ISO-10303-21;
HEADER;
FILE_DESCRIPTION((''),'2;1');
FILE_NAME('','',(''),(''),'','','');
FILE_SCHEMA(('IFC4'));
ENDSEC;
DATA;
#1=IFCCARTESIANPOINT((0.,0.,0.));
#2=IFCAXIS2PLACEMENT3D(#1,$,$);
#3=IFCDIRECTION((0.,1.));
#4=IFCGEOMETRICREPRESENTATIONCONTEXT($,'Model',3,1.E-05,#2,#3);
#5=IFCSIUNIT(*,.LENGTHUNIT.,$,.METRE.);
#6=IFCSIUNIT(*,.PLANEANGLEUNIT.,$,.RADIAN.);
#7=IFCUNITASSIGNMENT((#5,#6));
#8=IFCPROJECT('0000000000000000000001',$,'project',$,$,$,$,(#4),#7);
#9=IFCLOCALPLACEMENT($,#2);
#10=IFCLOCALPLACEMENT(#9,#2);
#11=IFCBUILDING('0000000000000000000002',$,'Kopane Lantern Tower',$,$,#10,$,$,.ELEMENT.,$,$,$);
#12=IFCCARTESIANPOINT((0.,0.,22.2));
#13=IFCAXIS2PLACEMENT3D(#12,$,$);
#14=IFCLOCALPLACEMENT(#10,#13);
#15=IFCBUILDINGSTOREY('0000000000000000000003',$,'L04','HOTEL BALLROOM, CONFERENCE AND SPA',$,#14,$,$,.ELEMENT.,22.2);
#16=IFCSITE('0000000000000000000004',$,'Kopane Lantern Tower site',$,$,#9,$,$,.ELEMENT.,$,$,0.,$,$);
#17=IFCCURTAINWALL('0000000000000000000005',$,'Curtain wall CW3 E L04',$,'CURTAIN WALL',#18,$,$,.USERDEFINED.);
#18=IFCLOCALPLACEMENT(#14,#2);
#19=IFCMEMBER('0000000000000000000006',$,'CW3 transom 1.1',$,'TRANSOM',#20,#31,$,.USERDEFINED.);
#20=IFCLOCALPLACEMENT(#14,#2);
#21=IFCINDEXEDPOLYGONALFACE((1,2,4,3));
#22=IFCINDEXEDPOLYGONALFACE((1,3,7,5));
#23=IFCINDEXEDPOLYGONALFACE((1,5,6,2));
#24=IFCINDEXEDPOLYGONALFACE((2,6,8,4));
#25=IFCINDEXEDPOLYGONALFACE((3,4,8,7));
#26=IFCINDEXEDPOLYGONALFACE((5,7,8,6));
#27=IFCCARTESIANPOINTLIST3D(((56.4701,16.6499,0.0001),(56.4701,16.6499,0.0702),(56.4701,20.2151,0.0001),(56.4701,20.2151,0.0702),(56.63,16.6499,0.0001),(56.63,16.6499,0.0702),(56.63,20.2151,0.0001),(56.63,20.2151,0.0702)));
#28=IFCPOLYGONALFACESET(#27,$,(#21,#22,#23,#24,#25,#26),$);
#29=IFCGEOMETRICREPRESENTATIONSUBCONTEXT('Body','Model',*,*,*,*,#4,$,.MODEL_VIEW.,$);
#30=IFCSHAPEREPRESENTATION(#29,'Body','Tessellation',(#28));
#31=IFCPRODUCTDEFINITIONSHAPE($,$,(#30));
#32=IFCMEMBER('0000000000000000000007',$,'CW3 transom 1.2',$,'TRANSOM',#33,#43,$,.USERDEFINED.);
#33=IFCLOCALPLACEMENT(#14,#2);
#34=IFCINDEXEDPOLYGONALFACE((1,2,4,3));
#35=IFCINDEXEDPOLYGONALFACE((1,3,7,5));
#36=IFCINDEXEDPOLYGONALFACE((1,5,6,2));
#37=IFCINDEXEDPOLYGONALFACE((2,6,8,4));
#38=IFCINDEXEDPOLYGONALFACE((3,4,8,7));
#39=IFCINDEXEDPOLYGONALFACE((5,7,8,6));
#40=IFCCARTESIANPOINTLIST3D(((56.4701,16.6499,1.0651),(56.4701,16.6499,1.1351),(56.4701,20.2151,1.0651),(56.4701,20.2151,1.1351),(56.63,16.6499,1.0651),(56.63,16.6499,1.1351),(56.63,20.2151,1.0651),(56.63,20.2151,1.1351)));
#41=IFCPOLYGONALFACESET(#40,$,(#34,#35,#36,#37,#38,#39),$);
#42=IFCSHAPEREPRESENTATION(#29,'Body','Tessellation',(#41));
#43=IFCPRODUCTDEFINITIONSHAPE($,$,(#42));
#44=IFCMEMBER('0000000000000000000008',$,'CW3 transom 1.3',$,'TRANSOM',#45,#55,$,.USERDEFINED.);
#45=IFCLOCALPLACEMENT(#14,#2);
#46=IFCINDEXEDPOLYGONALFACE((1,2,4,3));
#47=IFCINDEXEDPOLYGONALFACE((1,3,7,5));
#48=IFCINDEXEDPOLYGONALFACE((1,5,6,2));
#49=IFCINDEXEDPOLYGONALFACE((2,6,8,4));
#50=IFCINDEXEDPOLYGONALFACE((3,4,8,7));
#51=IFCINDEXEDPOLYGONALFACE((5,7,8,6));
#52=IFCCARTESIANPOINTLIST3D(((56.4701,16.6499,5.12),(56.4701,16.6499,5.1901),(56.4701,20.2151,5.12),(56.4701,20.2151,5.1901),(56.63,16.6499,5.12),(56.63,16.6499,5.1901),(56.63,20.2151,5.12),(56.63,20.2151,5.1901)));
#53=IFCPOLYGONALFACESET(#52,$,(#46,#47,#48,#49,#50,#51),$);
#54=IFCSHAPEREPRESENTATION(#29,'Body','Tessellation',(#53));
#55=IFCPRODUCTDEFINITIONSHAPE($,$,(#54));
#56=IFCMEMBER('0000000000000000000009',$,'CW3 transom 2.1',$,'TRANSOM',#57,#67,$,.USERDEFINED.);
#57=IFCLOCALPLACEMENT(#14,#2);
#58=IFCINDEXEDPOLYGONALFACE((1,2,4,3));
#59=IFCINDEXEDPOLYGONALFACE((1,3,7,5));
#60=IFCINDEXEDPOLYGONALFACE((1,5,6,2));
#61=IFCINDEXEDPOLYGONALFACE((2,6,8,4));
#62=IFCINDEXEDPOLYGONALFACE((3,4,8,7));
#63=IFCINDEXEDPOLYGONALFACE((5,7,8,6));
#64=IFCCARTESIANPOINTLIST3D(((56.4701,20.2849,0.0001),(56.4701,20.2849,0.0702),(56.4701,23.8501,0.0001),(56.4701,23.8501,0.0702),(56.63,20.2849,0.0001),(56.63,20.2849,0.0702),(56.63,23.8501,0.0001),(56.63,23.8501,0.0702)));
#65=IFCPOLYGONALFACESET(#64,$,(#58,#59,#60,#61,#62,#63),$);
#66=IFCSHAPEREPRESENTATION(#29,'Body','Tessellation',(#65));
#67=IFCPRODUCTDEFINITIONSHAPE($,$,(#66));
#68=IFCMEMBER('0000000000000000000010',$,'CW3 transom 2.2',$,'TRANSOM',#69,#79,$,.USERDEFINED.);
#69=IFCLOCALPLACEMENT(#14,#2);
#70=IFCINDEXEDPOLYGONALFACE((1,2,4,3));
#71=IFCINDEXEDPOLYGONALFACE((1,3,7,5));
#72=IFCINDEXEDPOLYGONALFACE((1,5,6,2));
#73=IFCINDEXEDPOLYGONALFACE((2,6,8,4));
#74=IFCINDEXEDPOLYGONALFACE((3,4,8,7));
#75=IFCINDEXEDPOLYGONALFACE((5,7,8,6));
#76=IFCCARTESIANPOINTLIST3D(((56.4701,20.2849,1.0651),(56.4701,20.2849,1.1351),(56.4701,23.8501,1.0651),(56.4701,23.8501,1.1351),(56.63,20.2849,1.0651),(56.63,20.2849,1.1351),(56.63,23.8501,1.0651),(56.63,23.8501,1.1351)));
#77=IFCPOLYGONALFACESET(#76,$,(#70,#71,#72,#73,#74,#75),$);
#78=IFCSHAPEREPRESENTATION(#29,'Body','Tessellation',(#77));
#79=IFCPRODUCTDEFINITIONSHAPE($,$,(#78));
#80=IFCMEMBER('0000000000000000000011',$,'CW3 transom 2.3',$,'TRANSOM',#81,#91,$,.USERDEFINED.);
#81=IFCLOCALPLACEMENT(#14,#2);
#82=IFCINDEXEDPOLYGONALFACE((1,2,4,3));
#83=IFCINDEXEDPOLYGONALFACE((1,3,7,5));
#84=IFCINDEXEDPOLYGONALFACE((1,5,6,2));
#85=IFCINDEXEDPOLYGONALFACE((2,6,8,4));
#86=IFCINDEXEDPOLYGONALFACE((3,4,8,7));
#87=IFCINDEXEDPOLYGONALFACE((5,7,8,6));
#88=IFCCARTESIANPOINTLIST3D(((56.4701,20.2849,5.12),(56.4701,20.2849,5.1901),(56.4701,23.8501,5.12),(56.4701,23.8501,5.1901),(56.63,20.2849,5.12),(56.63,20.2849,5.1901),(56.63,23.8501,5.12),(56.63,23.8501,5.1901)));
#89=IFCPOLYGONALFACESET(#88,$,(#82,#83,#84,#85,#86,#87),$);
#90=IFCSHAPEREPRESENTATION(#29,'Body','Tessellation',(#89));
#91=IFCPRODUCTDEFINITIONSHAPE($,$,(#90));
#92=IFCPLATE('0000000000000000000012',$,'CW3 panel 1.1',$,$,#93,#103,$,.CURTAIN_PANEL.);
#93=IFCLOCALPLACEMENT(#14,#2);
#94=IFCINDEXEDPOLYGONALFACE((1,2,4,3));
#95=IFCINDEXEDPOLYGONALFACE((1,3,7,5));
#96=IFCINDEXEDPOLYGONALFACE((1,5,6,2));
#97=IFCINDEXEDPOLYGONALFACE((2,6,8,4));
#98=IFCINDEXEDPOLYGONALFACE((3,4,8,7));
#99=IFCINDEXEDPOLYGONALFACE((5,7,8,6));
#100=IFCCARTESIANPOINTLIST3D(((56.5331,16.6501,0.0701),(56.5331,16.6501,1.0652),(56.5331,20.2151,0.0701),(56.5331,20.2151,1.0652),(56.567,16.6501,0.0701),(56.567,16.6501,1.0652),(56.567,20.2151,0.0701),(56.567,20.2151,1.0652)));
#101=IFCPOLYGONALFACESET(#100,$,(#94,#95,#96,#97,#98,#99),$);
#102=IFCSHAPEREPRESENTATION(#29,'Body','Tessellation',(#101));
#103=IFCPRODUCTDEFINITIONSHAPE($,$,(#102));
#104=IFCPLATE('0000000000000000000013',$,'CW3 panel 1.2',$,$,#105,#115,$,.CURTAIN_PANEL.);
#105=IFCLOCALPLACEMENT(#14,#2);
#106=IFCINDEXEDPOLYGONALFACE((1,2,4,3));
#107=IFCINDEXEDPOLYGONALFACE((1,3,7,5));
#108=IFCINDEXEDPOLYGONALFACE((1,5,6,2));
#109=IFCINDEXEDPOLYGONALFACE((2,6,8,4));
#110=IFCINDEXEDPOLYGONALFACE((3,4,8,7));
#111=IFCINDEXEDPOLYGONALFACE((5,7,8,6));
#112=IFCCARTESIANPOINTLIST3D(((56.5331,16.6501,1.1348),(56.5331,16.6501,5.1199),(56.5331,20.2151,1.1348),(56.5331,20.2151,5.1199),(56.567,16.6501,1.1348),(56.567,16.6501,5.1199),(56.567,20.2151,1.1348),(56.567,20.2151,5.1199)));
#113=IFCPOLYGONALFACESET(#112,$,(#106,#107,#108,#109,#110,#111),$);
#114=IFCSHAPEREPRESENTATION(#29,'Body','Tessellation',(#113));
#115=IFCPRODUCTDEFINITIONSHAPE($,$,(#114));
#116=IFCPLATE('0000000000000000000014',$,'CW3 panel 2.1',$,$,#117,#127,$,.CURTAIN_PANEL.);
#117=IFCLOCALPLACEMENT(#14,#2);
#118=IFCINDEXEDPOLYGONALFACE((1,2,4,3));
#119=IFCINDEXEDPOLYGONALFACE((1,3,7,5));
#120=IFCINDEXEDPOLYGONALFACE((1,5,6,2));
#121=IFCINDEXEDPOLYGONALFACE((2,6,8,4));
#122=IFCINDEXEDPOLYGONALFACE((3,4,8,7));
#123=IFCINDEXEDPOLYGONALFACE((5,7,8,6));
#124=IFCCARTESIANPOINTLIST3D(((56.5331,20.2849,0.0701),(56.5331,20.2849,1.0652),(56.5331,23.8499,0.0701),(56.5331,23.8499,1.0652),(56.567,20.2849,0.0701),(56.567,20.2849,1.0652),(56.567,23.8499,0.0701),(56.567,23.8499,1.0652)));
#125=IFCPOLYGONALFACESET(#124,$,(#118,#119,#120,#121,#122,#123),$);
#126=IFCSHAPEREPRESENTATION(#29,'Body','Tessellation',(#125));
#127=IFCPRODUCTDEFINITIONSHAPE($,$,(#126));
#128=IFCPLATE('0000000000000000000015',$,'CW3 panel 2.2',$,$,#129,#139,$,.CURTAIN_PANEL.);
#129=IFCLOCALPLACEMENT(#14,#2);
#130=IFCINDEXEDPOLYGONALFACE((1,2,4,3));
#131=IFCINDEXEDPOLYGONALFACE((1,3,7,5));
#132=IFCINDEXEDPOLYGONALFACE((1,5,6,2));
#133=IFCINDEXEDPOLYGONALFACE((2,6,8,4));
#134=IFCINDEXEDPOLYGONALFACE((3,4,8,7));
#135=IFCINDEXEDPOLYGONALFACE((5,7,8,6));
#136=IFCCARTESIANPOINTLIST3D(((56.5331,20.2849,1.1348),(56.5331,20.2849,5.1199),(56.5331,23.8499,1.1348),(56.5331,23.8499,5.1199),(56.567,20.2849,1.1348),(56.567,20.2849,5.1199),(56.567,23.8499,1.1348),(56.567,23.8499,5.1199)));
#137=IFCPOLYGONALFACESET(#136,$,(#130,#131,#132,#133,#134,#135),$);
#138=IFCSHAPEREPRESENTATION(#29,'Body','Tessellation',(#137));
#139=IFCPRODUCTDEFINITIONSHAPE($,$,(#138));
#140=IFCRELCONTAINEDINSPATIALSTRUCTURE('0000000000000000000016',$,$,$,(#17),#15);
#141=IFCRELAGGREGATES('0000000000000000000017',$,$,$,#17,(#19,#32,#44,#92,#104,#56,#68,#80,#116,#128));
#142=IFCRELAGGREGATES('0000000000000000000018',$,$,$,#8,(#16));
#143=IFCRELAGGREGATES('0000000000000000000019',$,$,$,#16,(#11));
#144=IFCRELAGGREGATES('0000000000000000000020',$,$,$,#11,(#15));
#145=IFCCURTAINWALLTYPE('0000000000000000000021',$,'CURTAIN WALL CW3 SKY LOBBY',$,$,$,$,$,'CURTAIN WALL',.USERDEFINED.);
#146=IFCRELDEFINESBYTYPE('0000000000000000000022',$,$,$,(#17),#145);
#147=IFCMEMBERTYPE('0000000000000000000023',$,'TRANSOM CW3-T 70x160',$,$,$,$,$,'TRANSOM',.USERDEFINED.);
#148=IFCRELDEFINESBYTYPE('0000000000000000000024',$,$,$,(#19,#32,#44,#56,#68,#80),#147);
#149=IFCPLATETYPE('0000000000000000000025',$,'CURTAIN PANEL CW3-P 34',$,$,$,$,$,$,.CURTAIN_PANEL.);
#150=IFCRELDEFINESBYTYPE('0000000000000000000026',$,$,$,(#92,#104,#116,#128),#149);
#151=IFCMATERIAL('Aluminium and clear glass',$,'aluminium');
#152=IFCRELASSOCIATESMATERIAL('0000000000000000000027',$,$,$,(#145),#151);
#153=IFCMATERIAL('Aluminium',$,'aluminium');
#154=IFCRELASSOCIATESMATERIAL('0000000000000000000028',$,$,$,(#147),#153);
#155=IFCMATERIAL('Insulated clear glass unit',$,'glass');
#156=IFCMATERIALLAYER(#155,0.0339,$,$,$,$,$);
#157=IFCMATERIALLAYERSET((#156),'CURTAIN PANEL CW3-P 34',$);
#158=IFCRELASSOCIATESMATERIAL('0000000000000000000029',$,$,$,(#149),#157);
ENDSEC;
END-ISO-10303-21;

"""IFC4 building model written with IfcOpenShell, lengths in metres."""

from ifc_helpers import new_model, si_unit, direction, frame, origin, origin_2d, place, context, subcontext, project, spatial, rectangle, extrude, material, layer, layer_set, material_profile, profile_set, type_object, element, aggregate, save


model = new_model("IFC4")

# Units and contexts
model_context = context("Model", 3, precision=1e-05, world=origin(), true_north=direction((0.0, 1.0)))
body_context = subcontext(model_context, "Body", "Model", "MODEL_VIEW")
ifc_project = project(units=[si_unit("LENGTHUNIT", "METRE"), si_unit("PLANEANGLEUNIT", "RADIAN")], contexts=[model_context])

# Site, building, storey
site_placement = place(None, origin())
site = spatial("IfcSite", under=ifc_project, at=site_placement, Name="Kopane Lantern Tower site", CompositionType="ELEMENT", RefElevation=0.0)
building_placement = place(site_placement, origin())
building = spatial("IfcBuilding", under=site, at=building_placement, Name="Kopane Lantern Tower", CompositionType="ELEMENT")
storey_placement = place(building_placement, frame((0.0, 0.0, 22.2)))
storey = spatial("IfcBuildingStorey", under=building, at=storey_placement, Name="L04", Description="HOTEL BALLROOM, CONFERENCE AND SPA", CompositionType="ELEMENT", Elevation=22.2)

# Shared definitions
ifc_material_1 = material(Name="Aluminium and clear glass", Category="aluminium")
curtain_wall_type = type_object("IfcCurtainWallType", Name="CURTAIN WALL CW3 SKY LOBBY", ElementType="CURTAIN WALL", PredefinedType="USERDEFINED", material=ifc_material_1)

# Curtain wall, members, plates
curtain_wall_1_placement = place(storey_placement, origin())
curtain_wall_1 = element("IfcCurtainWall", 1, at=curtain_wall_1_placement, inside=storey, type_object=curtain_wall_type, Name="Curtain wall CW3 E L04", ObjectType="CURTAIN WALL", PredefinedType="USERDEFINED")
ifc_material_2 = material(Name="Aluminium", Category="aluminium")
ifc_material_profile_1 = material_profile(ifc_material_2, rectangle(XDim=0.1599, YDim=0.0701, at=origin_2d()), Name="AL 160x70")
ifc_profile_set_1 = profile_set([ifc_material_profile_1], Name="Aluminium")
member_type_1 = type_object("IfcMemberType", Name="TRANSOM CW3-T 70x160", ElementType="TRANSOM", PredefinedType="USERDEFINED", material=ifc_profile_set_1)
member_1_placement = place(storey_placement, frame((56.55, 16.6499, 0.0352), z_axis=(0.0, 1.0, 0.0), x_axis=(-1.0, 0.0, 0.0)))
member_1 = element("IfcMember", 2, at=member_1_placement, type_object=member_type_1, Name="CW3 transom 1.1", ObjectType="TRANSOM", PredefinedType="USERDEFINED", context=body_context, shape_type="SweptSolid", body=[
    extrude(rectangle(XDim=0.1599, YDim=0.0701, at=origin_2d()), origin(), (0.0, 0.0, 1.0), 3.5652),
])
member_2_placement = place(storey_placement, frame((56.55, 16.6499, 1.1001), z_axis=(0.0, 1.0, 0.0), x_axis=(-1.0, 0.0, 0.0)))
member_2 = element("IfcMember", 3, at=member_2_placement, type_object=member_type_1, Name="CW3 transom 1.2", ObjectType="TRANSOM", PredefinedType="USERDEFINED", context=body_context, shape_type="SweptSolid", body=[
    extrude(rectangle(XDim=0.1599, YDim=0.0701, at=origin_2d()), origin(), (0.0, 0.0, 1.0), 3.5652),
])
member_3_placement = place(storey_placement, frame((56.55, 16.6499, 5.155), z_axis=(0.0, 1.0, 0.0), x_axis=(-1.0, 0.0, 0.0)))
member_3 = element("IfcMember", 4, at=member_3_placement, type_object=member_type_1, Name="CW3 transom 1.3", ObjectType="TRANSOM", PredefinedType="USERDEFINED", context=body_context, shape_type="SweptSolid", body=[
    extrude(rectangle(XDim=0.1599, YDim=0.0701, at=origin_2d()), origin(), (0.0, 0.0, 1.0), 3.5652),
])
member_4_placement = place(storey_placement, frame((56.55, 20.2849, 0.0352), z_axis=(0.0, 1.0, 0.0), x_axis=(-1.0, 0.0, 0.0)))
member_4 = element("IfcMember", 5, at=member_4_placement, type_object=member_type_1, Name="CW3 transom 2.1", ObjectType="TRANSOM", PredefinedType="USERDEFINED", context=body_context, shape_type="SweptSolid", body=[
    extrude(rectangle(XDim=0.1599, YDim=0.0701, at=origin_2d()), origin(), (0.0, 0.0, 1.0), 3.5652),
])
member_5_placement = place(storey_placement, frame((56.55, 20.2849, 1.1001), z_axis=(0.0, 1.0, 0.0), x_axis=(-1.0, 0.0, 0.0)))
member_5 = element("IfcMember", 6, at=member_5_placement, type_object=member_type_1, Name="CW3 transom 2.2", ObjectType="TRANSOM", PredefinedType="USERDEFINED", context=body_context, shape_type="SweptSolid", body=[
    extrude(rectangle(XDim=0.1599, YDim=0.0701, at=origin_2d()), origin(), (0.0, 0.0, 1.0), 3.5652),
])
member_6_placement = place(storey_placement, frame((56.55, 20.2849, 5.155), z_axis=(0.0, 1.0, 0.0), x_axis=(-1.0, 0.0, 0.0)))
member_6 = element("IfcMember", 7, at=member_6_placement, type_object=member_type_1, Name="CW3 transom 2.3", ObjectType="TRANSOM", PredefinedType="USERDEFINED", context=body_context, shape_type="SweptSolid", body=[
    extrude(rectangle(XDim=0.1599, YDim=0.0701, at=origin_2d()), origin(), (0.0, 0.0, 1.0), 3.5652),
])
ifc_material_3 = material(Name="Insulated clear glass unit", Category="glass")
ifc_layer = layer(ifc_material_3, 0.0339)
ifc_layer_set = layer_set([ifc_layer], Name="CURTAIN PANEL CW3-P 34")
plate_type = type_object("IfcPlateType", Name="CURTAIN PANEL CW3-P 34", PredefinedType="CURTAIN_PANEL", material=ifc_layer_set)
plate_1_placement = place(storey_placement, frame((56.55, 18.4326, 0.0701), z_axis=(0.0, 0.0, 1.0), x_axis=(0.0, 1.0, 0.0)))
plate_1 = element("IfcPlate", 8, at=plate_1_placement, type_object=plate_type, Name="CW3 panel 1.1", PredefinedType="CURTAIN_PANEL", context=body_context, shape_type="SweptSolid", body=[
    extrude(rectangle(XDim=3.5649, YDim=0.0339, at=origin_2d()), origin(), (0.0, 0.0, 1.0), 0.9951),
])
plate_2_placement = place(storey_placement, frame((56.55, 18.4326, 1.1348), z_axis=(0.0, 0.0, 1.0), x_axis=(0.0, 1.0, 0.0)))
plate_2 = element("IfcPlate", 9, at=plate_2_placement, type_object=plate_type, Name="CW3 panel 1.2", PredefinedType="CURTAIN_PANEL", context=body_context, shape_type="SweptSolid", body=[
    extrude(rectangle(XDim=3.5649, YDim=0.0339, at=origin_2d()), origin(), (0.0, 0.0, 1.0), 3.9851),
])
plate_3_placement = place(storey_placement, frame((56.55, 22.0674, 0.0701), z_axis=(0.0, 0.0, 1.0), x_axis=(0.0, 1.0, 0.0)))
plate_3 = element("IfcPlate", 10, at=plate_3_placement, type_object=plate_type, Name="CW3 panel 2.1", PredefinedType="CURTAIN_PANEL", context=body_context, shape_type="SweptSolid", body=[
    extrude(rectangle(XDim=3.5649, YDim=0.0339, at=origin_2d()), origin(), (0.0, 0.0, 1.0), 0.9951),
])
plate_4_placement = place(storey_placement, frame((56.55, 22.0674, 1.1348), z_axis=(0.0, 0.0, 1.0), x_axis=(0.0, 1.0, 0.0)))
plate_4 = element("IfcPlate", 11, at=plate_4_placement, type_object=plate_type, Name="CW3 panel 2.2", PredefinedType="CURTAIN_PANEL", context=body_context, shape_type="SweptSolid", body=[
    extrude(rectangle(XDim=3.5649, YDim=0.0339, at=origin_2d()), origin(), (0.0, 0.0, 1.0), 3.9851),
])
aggregate(curtain_wall_1, [member_1, member_2, member_3, plate_1, plate_2, member_4, member_5, member_6, plate_3, plate_4])

save(model, "model.ifc")
